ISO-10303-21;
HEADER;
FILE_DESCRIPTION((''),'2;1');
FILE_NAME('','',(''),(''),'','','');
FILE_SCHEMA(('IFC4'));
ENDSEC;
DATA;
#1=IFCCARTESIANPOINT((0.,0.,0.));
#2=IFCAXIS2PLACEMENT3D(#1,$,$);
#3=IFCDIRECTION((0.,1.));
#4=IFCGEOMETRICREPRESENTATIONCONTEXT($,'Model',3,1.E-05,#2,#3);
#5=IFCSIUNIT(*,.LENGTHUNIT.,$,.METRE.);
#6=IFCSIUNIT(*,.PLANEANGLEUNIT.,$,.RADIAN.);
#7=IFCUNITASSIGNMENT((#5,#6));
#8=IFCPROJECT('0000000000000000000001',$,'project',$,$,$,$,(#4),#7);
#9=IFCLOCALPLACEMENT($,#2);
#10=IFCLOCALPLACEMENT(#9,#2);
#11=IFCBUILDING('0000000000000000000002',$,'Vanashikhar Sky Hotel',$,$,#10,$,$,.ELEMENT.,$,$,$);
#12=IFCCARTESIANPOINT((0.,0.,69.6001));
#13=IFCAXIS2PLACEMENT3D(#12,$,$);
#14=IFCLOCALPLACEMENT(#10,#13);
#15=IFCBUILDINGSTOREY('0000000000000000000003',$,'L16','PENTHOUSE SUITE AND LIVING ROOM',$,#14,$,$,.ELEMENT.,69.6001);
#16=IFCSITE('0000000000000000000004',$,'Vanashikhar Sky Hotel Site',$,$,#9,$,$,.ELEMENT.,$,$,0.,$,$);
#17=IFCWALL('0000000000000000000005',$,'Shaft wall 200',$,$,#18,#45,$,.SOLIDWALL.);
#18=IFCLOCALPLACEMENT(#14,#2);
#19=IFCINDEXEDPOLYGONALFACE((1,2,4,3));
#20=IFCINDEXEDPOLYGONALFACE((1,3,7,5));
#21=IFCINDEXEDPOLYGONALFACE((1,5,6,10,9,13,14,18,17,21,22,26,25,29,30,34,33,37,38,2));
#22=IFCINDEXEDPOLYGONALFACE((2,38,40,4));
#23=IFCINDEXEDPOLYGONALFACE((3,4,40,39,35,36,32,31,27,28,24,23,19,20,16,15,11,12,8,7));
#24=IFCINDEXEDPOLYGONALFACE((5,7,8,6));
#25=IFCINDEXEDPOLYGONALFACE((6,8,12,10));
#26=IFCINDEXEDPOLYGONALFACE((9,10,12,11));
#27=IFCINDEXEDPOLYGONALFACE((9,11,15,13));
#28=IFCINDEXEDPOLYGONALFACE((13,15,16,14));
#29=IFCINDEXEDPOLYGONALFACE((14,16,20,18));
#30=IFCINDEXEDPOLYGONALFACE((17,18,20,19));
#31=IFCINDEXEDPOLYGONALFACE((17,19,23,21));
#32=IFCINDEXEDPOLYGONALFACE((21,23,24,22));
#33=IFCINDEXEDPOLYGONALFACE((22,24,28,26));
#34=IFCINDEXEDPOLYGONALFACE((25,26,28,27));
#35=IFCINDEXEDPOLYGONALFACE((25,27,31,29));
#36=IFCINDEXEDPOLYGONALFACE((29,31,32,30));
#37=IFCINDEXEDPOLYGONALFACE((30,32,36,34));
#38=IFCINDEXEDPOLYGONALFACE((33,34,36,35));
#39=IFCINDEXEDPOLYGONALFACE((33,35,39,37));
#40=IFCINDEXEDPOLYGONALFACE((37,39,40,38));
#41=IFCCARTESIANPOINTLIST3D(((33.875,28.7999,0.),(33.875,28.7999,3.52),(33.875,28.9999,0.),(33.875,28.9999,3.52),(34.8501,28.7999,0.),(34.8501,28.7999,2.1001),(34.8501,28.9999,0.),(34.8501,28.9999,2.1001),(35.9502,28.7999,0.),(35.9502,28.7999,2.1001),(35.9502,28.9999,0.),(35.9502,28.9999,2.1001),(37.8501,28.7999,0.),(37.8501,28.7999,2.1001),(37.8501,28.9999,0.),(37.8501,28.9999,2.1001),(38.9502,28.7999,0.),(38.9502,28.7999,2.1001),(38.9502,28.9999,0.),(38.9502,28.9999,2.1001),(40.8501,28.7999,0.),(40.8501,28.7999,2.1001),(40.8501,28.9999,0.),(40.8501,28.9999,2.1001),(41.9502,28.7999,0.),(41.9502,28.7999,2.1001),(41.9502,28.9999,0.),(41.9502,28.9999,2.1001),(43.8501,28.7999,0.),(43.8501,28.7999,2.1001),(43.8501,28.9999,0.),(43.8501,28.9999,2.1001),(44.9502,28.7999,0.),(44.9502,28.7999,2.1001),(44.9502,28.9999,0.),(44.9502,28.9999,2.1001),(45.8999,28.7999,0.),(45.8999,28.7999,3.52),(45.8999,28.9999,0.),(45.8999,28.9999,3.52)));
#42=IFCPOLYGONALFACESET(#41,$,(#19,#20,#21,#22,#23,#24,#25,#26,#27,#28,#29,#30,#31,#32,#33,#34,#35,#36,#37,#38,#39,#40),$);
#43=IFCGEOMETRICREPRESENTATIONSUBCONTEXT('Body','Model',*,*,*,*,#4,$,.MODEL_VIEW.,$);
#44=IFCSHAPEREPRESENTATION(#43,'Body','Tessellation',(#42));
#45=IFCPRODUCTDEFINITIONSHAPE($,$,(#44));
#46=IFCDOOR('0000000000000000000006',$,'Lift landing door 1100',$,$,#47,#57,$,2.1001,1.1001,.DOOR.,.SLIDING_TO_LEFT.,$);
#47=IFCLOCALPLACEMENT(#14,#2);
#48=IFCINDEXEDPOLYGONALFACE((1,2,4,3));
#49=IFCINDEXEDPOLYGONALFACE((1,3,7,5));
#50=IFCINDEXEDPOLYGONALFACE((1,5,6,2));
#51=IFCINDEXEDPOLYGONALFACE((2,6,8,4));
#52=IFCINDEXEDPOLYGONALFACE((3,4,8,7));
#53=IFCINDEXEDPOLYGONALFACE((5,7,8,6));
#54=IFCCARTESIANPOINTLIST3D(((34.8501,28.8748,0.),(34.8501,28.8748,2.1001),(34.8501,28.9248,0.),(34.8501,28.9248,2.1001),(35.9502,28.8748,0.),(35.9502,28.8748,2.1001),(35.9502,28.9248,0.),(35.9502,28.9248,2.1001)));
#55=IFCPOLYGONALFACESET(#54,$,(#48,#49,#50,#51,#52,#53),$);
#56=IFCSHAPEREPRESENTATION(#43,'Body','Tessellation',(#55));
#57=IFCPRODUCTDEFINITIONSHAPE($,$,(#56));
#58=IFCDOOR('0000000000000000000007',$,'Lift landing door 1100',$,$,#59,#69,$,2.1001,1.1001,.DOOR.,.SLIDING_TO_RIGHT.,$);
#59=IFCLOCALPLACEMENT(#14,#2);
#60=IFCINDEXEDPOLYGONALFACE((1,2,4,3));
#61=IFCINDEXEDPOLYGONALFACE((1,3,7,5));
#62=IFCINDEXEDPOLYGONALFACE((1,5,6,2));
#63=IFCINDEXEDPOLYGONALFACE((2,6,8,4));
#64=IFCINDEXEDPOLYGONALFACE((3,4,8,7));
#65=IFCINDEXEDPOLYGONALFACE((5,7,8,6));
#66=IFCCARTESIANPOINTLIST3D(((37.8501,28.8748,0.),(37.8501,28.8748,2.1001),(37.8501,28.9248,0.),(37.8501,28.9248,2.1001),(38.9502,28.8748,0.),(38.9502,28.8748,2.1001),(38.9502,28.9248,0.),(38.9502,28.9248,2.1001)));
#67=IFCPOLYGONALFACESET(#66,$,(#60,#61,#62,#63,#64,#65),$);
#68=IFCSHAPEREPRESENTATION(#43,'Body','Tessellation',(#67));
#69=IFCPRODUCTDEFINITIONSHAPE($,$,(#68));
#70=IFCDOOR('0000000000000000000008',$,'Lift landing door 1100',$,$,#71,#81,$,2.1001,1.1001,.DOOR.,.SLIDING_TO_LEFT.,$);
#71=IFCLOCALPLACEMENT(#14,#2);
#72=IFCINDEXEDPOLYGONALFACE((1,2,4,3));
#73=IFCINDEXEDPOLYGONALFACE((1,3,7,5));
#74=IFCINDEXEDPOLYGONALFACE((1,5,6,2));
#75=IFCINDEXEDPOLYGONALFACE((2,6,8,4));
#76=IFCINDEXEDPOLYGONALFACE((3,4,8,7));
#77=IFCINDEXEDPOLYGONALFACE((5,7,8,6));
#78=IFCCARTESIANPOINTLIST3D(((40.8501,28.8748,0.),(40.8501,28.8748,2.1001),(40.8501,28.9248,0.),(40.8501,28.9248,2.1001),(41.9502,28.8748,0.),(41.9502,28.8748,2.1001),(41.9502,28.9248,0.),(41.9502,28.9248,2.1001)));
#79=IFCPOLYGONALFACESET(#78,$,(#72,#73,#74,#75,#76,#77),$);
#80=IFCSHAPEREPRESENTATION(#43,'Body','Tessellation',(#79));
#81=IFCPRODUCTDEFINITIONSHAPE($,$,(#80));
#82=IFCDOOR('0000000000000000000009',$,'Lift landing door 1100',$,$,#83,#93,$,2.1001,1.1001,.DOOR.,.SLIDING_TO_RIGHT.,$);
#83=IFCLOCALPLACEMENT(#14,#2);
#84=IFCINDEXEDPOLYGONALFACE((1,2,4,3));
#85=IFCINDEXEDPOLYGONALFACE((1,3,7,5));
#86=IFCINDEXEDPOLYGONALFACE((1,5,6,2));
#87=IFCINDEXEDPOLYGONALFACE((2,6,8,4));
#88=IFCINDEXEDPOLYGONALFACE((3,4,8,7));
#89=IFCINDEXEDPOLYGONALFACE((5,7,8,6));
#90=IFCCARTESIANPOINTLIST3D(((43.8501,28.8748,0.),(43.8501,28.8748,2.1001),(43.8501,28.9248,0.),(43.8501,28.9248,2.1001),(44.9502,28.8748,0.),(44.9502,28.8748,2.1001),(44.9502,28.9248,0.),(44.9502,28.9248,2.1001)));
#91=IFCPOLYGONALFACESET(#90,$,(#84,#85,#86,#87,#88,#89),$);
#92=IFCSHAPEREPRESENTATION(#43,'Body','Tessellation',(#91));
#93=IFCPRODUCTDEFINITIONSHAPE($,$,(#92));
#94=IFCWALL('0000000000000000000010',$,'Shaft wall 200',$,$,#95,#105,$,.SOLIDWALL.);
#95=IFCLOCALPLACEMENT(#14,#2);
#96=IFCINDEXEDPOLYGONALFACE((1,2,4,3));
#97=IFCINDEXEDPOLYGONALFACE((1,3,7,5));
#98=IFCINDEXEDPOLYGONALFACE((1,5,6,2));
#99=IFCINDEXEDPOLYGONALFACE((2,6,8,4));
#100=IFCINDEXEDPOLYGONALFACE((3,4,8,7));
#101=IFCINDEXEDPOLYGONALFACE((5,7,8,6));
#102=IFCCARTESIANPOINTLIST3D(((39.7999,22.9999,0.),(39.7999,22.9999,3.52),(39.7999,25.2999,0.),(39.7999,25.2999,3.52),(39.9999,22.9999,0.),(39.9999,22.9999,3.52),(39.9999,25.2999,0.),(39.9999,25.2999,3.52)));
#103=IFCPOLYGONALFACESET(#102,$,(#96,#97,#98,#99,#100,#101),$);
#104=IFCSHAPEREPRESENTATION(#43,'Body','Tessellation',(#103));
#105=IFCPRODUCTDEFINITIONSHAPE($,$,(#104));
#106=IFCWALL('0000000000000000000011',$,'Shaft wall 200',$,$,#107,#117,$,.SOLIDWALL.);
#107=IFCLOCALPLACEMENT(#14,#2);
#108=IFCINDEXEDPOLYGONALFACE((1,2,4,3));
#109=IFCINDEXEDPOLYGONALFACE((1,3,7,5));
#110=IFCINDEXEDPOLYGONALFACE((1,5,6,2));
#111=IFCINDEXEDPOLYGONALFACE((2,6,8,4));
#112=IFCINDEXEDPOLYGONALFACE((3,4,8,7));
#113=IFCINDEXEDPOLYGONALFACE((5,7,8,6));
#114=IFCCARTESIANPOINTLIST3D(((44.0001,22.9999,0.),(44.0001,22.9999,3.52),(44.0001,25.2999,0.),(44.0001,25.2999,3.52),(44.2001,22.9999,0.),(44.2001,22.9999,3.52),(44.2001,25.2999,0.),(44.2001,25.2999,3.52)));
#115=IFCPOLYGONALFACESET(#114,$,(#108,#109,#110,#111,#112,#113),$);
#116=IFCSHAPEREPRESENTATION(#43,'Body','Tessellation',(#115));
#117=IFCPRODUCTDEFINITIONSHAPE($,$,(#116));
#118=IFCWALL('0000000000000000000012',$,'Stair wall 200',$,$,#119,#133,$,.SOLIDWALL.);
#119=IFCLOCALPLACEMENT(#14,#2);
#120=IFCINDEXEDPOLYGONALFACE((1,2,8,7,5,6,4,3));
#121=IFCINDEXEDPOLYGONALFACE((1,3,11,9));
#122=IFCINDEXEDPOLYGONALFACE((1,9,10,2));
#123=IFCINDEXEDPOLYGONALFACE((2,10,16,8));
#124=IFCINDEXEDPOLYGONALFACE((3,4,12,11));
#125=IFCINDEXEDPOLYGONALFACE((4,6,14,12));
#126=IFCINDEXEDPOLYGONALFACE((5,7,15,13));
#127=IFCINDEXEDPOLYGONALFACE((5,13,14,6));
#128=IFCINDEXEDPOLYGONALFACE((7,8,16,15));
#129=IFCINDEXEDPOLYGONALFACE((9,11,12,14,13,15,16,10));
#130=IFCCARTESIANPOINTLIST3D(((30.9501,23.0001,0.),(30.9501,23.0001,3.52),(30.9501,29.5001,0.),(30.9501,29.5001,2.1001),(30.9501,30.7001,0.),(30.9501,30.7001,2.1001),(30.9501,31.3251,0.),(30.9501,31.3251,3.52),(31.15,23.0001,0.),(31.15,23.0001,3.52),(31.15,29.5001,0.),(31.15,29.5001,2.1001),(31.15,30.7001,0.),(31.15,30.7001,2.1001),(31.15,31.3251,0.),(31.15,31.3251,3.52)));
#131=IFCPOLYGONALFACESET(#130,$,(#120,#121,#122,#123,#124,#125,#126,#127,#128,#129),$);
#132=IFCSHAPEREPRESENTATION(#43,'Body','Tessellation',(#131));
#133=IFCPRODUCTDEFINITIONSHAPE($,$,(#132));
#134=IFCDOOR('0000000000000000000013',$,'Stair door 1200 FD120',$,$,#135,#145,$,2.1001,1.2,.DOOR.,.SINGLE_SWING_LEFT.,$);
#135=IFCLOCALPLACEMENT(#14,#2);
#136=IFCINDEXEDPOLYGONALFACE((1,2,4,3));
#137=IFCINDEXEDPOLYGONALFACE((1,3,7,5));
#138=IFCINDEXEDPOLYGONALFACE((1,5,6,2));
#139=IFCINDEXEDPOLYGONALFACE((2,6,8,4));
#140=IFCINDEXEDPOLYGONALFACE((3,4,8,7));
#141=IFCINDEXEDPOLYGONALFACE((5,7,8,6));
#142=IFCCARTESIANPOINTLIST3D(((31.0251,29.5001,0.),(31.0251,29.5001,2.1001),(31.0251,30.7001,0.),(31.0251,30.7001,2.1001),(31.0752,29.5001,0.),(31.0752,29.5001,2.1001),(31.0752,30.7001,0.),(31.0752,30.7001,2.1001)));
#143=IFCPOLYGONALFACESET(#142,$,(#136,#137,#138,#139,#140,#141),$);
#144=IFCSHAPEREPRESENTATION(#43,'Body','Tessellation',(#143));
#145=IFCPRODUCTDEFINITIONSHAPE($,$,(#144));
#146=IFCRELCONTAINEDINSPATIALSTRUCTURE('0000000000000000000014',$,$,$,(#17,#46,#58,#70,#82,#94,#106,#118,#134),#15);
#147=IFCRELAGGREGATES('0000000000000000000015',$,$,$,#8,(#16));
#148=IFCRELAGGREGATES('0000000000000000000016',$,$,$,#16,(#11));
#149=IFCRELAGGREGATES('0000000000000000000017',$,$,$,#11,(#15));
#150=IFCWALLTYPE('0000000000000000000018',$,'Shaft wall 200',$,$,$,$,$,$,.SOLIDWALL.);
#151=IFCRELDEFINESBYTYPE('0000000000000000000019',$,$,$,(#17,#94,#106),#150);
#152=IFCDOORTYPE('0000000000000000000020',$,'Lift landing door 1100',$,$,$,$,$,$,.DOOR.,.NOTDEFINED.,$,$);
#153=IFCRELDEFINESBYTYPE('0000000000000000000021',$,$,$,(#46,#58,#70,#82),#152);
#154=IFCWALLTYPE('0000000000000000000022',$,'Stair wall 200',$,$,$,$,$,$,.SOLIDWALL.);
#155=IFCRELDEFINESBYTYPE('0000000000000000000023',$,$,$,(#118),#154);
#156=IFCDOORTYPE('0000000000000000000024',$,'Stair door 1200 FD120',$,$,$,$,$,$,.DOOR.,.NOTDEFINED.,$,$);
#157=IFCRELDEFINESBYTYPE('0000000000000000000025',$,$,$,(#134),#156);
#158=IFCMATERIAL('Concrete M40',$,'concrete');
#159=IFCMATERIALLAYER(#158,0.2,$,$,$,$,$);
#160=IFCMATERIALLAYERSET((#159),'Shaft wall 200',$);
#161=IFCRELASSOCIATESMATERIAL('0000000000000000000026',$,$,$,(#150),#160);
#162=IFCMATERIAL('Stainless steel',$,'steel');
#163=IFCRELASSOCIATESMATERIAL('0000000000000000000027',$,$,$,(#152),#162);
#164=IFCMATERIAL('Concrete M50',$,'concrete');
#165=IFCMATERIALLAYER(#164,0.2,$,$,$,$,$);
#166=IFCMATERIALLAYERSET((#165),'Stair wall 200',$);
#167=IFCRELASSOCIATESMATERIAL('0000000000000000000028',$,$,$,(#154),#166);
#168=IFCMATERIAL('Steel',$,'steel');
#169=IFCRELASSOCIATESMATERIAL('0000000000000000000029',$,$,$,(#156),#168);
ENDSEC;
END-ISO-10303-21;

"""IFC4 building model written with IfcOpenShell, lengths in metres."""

from ifc_helpers import new_model, si_unit, direction, frame, frame_2d, origin, place, context, subcontext, project, spatial, rectangle, extrude, source, transform, mapped, material, layer, layer_set, type_object, element, fill, save


model = new_model("IFC4")

# Units and contexts
model_context = context("Model", 3, precision=1e-05, world=origin(), true_north=direction((0.0, 1.0)))
body_context = subcontext(model_context, "Body", "Model", "MODEL_VIEW")
ifc_project = project(units=[si_unit("LENGTHUNIT", "METRE"), si_unit("PLANEANGLEUNIT", "RADIAN")], contexts=[model_context])

# Site, building, storey
site_placement = place(None, origin())
site = spatial("IfcSite", under=ifc_project, at=site_placement, Name="Vanashikhar Sky Hotel Site", CompositionType="ELEMENT", RefElevation=0.0)
building_placement = place(site_placement, origin())
building = spatial("IfcBuilding", under=site, at=building_placement, Name="Vanashikhar Sky Hotel", CompositionType="ELEMENT")
storey_placement = place(building_placement, frame((0.0, 0.0, 69.6001)))
storey = spatial("IfcBuildingStorey", under=building, at=storey_placement, Name="L16", Description="PENTHOUSE SUITE AND LIVING ROOM", CompositionType="ELEMENT", Elevation=69.6001)

# Shared definitions
ifc_material_1 = material(Name="Steel", Category="steel")
shared_shape_1 = source(origin(), body_context, "Body", "SweptSolid", [
    extrude(rectangle(XDim=1.1001, YDim=2.1001, at=frame_2d((0.55, 1.05))), frame((0.0, 0.0249, 0.0), z_axis=(0.0, -1.0, 0.0), x_axis=(1.0, 0.0, 0.0)), (0.0, 0.0, 1.0), 0.05),
])

# Wall, openings, doors
ifc_material_2 = material(Name="Concrete M40", Category="concrete")
ifc_layer_1 = layer(ifc_material_2, 0.2)
ifc_layer_set_1 = layer_set([ifc_layer_1], Name="Shaft wall 200")
wall_type_1 = type_object("IfcWallType", Name="Shaft wall 200", PredefinedType="SOLIDWALL", material=ifc_layer_set_1)
shared_shape_2 = source(origin(), body_context, "Body", "SweptSolid", [
    extrude(rectangle(XDim=1.1001, YDim=2.1001, at=frame_2d((0.55, 1.05))), frame((0.0, 0.1099, 0.0), z_axis=(0.0, -1.0, 0.0), x_axis=(1.0, 0.0, 0.0)), (0.0, 0.0, 1.0), 0.22),
])
ifc_material_3 = material(Name="Stainless steel", Category="steel")
door_type_1 = type_object("IfcDoorType", Name="Lift landing door 1100", OperationType="NOTDEFINED", PredefinedType="DOOR", material=ifc_material_3)
shared_shape_3 = source(origin(), body_context, "Body", "SweptSolid", [
    extrude(rectangle(XDim=12.0249, YDim=0.2, at=frame_2d((6.0125, 0.0))), origin(), (0.0, 0.0, 1.0), 3.52),
])
wall_1_placement = place(storey_placement, frame((33.875, 28.8999, 0.0), z_axis=(0.0, 0.0, 1.0), x_axis=(1.0, 0.0, 0.0)))
wall_1 = element("IfcWall", 1, at=wall_1_placement, inside=storey, type_object=wall_type_1, Name="Shaft wall 200", PredefinedType="SOLIDWALL", context=body_context, shape_type="MappedRepresentation", body=[
    mapped(shared_shape_3, transform((0.0, 0.0, 0.0), scale=1.0)),
])
opening_1_placement = place(wall_1_placement, frame((0.9751, 0.0, 0.0)))
opening_1 = element("IfcOpeningElement", 2, at=opening_1_placement, cuts=wall_1, PredefinedType="OPENING", context=body_context, shape_type="MappedRepresentation", body=[
    mapped(shared_shape_2, transform((0.0, 0.0, 0.0), scale=1.0)),
])
opening_2_placement = place(wall_1_placement, frame((3.9751, 0.0, 0.0)))
opening_2 = element("IfcOpeningElement", 3, at=opening_2_placement, cuts=wall_1, PredefinedType="OPENING", context=body_context, shape_type="MappedRepresentation", body=[
    mapped(shared_shape_2, transform((0.0, 0.0, 0.0), scale=1.0)),
])
opening_3_placement = place(wall_1_placement, frame((6.9751, 0.0, 0.0)))
opening_3 = element("IfcOpeningElement", 4, at=opening_3_placement, cuts=wall_1, PredefinedType="OPENING", context=body_context, shape_type="MappedRepresentation", body=[
    mapped(shared_shape_2, transform((0.0, 0.0, 0.0), scale=1.0)),
])
opening_4_placement = place(wall_1_placement, frame((9.9751, 0.0, 0.0)))
opening_4 = element("IfcOpeningElement", 5, at=opening_4_placement, cuts=wall_1, PredefinedType="OPENING", context=body_context, shape_type="MappedRepresentation", body=[
    mapped(shared_shape_2, transform((0.0, 0.0, 0.0), scale=1.0)),
])
door_1_placement = place(opening_1_placement, origin())
door_1 = element("IfcDoor", 6, at=door_1_placement, inside=storey, type_object=door_type_1, Name="Lift landing door 1100", OperationType="SLIDING_TO_LEFT", OverallHeight=2.1001, OverallWidth=1.1001, PredefinedType="DOOR", context=body_context, shape_type="MappedRepresentation", body=[
    mapped(shared_shape_1, transform((0.0, 0.0, 0.0), scale=1.0)),
])
fill(opening_1, door_1)
door_2_placement = place(opening_2_placement, origin())
door_2 = element("IfcDoor", 7, at=door_2_placement, inside=storey, type_object=door_type_1, Name="Lift landing door 1100", OperationType="SLIDING_TO_RIGHT", OverallHeight=2.1001, OverallWidth=1.1001, PredefinedType="DOOR", context=body_context, shape_type="MappedRepresentation", body=[
    mapped(shared_shape_1, transform((0.0, 0.0, 0.0), scale=1.0)),
])
fill(opening_2, door_2)
door_3_placement = place(opening_3_placement, origin())
door_3 = element("IfcDoor", 8, at=door_3_placement, inside=storey, type_object=door_type_1, Name="Lift landing door 1100", OperationType="SLIDING_TO_LEFT", OverallHeight=2.1001, OverallWidth=1.1001, PredefinedType="DOOR", context=body_context, shape_type="MappedRepresentation", body=[
    mapped(shared_shape_1, transform((0.0, 0.0, 0.0), scale=1.0)),
])
fill(opening_3, door_3)
door_4_placement = place(opening_4_placement, origin())
door_4 = element("IfcDoor", 9, at=door_4_placement, inside=storey, type_object=door_type_1, Name="Lift landing door 1100", OperationType="SLIDING_TO_RIGHT", OverallHeight=2.1001, OverallWidth=1.1001, PredefinedType="DOOR", context=body_context, shape_type="MappedRepresentation", body=[
    mapped(shared_shape_1, transform((0.0, 0.0, 0.0), scale=1.0)),
])
fill(opening_4, door_4)

# Walls
shared_shape_4 = source(origin(), body_context, "Body", "SweptSolid", [
    extrude(rectangle(XDim=2.3, YDim=0.2, at=frame_2d((1.1499, 0.0))), origin(), (0.0, 0.0, 1.0), 3.52),
])
for number, where, z_axis, x_axis, name in (
    (10, (39.8999, 23.0, 0.0), (0.0, 0.0, 1.0), (0.0, 1.0, 0.0), "Shaft wall 200"),
    (11, (44.1001, 23.0, 0.0), (0.0, 0.0, 1.0), (0.0, 1.0, 0.0), "Shaft wall 200"),
):
    element("IfcWall", number, at=place(storey_placement, frame(where, z_axis=z_axis, x_axis=x_axis)), inside=storey, type_object=wall_type_1, Name=name, PredefinedType="SOLIDWALL", context=body_context, shape_type="MappedRepresentation", body=[
        mapped(shared_shape_4, transform((0.0, 0.0, 0.0), scale=1.0)),
    ])

# Wall, opening, door
ifc_material_4 = material(Name="Concrete M50", Category="concrete")
ifc_layer_2 = layer(ifc_material_4, 0.2)
ifc_layer_set_2 = layer_set([ifc_layer_2], Name="Stair wall 200")
wall_type_2 = type_object("IfcWallType", Name="Stair wall 200", PredefinedType="SOLIDWALL", material=ifc_layer_set_2)
shared_shape_5 = source(origin(), body_context, "Body", "SweptSolid", [
    extrude(rectangle(XDim=8.325, YDim=0.2, at=frame_2d((4.1626, 0.0))), origin(), (0.0, 0.0, 1.0), 3.52),
])
wall_2_placement = place(storey_placement, frame((31.05, 23.0, 0.0), z_axis=(0.0, 0.0, 1.0), x_axis=(0.0, 1.0, 0.0)))
wall_2 = element("IfcWall", 12, at=wall_2_placement, inside=storey, type_object=wall_type_2, Name="Stair wall 200", PredefinedType="SOLIDWALL", context=body_context, shape_type="MappedRepresentation", body=[
    mapped(shared_shape_5, transform((0.0, 0.0, 0.0), scale=1.0)),
])
shared_shape_6 = source(origin(), body_context, "Body", "SweptSolid", [
    extrude(rectangle(XDim=1.2, YDim=2.1001, at=frame_2d((0.6001, 1.05))), frame((0.0, 0.1099, 0.0), z_axis=(0.0, -1.0, 0.0), x_axis=(1.0, 0.0, 0.0)), (0.0, 0.0, 1.0), 0.22),
])
opening_5_placement = place(wall_2_placement, frame((6.5, 0.0, 0.0)))
opening_5 = element("IfcOpeningElement", 13, at=opening_5_placement, cuts=wall_2, PredefinedType="OPENING", context=body_context, shape_type="MappedRepresentation", body=[
    mapped(shared_shape_6, transform((0.0, 0.0, 0.0), scale=1.0)),
])
door_type_2 = type_object("IfcDoorType", Name="Stair door 1200 FD120", OperationType="NOTDEFINED", PredefinedType="DOOR", material=ifc_material_1)
shared_shape_7 = source(origin(), body_context, "Body", "SweptSolid", [
    extrude(rectangle(XDim=1.2, YDim=2.1001, at=frame_2d((0.6001, 1.05))), frame((0.0, 0.0249, 0.0), z_axis=(0.0, -1.0, 0.0), x_axis=(1.0, 0.0, 0.0)), (0.0, 0.0, 1.0), 0.05),
])
door_5_placement = place(opening_5_placement, origin())
door_5 = element("IfcDoor", 14, at=door_5_placement, inside=storey, type_object=door_type_2, Name="Stair door 1200 FD120", OperationType="SINGLE_SWING_LEFT", OverallHeight=2.1001, OverallWidth=1.2, PredefinedType="DOOR", context=body_context, shape_type="MappedRepresentation", body=[
    mapped(shared_shape_7, transform((0.0, 0.0, 0.0), scale=1.0)),
])
fill(opening_5, door_5)

save(model, "model.ifc")
